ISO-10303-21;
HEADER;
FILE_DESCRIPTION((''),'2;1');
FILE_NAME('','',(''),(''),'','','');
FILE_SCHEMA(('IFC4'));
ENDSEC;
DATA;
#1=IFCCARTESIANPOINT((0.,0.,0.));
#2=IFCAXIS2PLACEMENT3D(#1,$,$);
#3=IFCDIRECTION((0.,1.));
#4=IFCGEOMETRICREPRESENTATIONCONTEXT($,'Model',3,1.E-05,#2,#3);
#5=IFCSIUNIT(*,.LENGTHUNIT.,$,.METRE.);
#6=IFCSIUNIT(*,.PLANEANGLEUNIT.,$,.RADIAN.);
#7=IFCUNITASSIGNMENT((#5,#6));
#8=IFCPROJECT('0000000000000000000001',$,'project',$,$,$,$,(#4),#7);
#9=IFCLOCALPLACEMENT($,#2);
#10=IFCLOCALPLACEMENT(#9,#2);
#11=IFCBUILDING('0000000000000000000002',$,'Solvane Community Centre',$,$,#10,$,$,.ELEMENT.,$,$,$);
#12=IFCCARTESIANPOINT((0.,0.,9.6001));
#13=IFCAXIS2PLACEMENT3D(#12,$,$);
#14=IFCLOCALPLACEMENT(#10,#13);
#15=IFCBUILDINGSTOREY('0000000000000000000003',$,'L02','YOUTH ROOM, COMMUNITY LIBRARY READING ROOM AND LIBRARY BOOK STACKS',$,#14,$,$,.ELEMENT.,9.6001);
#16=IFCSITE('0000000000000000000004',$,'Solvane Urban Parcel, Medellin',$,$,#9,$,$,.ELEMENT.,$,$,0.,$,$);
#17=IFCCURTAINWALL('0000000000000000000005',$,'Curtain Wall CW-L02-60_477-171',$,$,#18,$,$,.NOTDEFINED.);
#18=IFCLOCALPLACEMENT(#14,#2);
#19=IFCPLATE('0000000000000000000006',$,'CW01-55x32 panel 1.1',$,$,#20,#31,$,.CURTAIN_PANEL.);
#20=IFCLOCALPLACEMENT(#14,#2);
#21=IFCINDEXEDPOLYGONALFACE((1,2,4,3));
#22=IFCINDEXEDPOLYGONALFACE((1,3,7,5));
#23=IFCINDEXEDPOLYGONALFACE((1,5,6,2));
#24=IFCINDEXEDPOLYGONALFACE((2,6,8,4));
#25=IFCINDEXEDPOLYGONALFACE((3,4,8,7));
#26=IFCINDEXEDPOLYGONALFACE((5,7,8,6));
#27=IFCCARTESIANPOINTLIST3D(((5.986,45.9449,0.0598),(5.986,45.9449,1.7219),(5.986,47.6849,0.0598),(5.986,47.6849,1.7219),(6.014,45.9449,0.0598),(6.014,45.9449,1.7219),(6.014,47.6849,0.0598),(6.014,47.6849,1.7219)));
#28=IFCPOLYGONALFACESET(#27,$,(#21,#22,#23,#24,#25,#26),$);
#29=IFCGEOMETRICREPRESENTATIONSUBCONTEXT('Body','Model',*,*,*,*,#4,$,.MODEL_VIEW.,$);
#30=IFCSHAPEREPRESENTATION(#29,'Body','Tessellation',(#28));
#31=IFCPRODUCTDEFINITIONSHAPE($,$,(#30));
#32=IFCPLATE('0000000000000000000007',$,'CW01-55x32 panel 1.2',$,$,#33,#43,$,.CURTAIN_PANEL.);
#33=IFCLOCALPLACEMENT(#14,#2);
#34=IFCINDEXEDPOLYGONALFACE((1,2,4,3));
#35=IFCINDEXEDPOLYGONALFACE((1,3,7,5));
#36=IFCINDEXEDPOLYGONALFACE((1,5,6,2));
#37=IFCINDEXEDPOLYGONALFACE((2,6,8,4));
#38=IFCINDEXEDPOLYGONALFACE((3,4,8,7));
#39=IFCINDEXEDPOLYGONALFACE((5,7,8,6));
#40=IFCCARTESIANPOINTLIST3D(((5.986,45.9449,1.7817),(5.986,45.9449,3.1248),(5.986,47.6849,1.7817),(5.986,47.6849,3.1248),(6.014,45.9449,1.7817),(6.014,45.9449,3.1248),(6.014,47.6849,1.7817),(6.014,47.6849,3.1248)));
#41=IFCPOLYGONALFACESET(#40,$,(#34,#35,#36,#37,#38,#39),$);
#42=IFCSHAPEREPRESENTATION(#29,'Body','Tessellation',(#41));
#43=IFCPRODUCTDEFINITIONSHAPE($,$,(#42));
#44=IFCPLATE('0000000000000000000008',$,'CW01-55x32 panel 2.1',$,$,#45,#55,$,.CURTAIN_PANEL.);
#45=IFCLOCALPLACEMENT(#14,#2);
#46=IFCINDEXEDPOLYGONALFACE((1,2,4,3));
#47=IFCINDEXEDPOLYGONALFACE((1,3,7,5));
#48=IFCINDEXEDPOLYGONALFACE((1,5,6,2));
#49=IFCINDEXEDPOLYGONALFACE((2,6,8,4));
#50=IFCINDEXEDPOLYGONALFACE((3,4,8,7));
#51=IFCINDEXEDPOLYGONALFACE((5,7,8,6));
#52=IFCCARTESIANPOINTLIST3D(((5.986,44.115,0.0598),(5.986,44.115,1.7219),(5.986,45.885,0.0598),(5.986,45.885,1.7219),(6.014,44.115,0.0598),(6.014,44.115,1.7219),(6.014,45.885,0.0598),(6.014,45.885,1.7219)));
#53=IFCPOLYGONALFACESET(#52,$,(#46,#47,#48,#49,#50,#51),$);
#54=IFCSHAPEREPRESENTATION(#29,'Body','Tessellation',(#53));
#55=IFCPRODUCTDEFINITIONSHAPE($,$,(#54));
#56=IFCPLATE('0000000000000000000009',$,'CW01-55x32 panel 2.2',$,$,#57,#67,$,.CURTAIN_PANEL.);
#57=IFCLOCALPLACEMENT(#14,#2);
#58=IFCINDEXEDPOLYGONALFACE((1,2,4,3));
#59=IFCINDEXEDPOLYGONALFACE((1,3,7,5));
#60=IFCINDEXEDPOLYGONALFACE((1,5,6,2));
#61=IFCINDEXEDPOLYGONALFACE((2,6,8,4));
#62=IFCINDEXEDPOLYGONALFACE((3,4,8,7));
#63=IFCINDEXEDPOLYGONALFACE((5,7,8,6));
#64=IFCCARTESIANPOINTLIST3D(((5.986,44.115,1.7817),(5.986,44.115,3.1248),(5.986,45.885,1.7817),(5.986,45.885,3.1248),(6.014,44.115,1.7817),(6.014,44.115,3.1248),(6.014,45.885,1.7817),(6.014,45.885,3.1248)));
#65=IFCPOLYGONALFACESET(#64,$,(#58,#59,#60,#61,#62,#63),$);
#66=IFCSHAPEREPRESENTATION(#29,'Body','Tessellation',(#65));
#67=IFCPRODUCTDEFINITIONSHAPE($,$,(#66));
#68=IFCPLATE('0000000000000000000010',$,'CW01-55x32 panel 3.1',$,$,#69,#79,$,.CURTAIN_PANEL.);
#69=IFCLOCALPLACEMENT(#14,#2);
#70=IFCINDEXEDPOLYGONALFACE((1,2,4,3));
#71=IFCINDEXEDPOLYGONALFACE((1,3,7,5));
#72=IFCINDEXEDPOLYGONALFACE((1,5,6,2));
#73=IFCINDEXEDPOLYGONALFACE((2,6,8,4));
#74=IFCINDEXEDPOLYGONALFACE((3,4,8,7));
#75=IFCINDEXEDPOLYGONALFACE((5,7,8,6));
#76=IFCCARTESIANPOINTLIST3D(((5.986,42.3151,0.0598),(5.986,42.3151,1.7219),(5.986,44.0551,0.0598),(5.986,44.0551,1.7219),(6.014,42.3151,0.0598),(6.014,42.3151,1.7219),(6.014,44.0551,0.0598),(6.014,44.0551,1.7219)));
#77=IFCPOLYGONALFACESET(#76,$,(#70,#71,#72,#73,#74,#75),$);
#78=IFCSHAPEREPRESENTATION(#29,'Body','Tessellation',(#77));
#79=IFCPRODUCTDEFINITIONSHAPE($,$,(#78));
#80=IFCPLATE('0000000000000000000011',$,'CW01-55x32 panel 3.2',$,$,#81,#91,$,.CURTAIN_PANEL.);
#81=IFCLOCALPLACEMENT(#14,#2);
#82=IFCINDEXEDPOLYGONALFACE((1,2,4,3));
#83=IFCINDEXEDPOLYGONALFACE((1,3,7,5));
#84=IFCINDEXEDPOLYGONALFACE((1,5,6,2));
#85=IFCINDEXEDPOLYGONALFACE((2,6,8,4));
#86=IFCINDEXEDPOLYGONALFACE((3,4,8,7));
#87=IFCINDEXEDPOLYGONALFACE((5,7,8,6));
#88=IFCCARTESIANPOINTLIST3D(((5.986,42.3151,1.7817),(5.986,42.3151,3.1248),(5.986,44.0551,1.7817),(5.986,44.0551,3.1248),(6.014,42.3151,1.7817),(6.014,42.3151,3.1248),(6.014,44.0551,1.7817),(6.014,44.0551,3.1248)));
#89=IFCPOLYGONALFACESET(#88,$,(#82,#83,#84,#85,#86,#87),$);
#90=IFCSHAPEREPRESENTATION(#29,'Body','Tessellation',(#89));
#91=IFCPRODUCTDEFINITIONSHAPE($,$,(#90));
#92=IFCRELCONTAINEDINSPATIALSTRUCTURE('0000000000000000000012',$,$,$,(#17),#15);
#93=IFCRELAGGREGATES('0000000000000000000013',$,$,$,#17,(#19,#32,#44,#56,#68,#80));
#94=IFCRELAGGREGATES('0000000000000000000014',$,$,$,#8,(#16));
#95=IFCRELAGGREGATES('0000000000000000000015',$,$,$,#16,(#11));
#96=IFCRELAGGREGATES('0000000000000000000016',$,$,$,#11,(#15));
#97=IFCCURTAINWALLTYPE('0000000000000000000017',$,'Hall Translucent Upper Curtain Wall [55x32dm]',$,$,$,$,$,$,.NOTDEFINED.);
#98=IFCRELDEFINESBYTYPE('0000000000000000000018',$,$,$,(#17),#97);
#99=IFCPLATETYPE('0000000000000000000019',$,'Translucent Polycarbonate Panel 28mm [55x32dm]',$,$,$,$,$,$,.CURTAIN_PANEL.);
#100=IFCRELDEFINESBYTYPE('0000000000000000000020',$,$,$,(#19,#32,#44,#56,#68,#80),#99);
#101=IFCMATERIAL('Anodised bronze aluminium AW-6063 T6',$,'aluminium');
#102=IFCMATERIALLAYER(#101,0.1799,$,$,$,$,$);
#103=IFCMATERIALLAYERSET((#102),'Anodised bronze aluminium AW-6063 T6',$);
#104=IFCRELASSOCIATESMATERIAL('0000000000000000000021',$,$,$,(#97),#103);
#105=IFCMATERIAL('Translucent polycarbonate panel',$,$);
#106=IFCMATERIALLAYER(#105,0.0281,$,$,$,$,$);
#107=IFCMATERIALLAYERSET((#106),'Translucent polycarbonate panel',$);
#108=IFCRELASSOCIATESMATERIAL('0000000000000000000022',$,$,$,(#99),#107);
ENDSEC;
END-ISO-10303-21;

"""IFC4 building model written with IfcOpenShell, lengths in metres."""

from ifc_helpers import new_model, si_unit, direction, frame, origin, origin_2d, place, context, subcontext, project, spatial, rectangle, extrude, material, layer, layer_set, type_object, element, aggregate, save


model = new_model("IFC4")

# Units and contexts
model_context = context("Model", 3, precision=1e-05, world=origin(), true_north=direction((0.0, 1.0)))
body_context = subcontext(model_context, "Body", "Model", "MODEL_VIEW")
ifc_project = project(units=[si_unit("LENGTHUNIT", "METRE"), si_unit("PLANEANGLEUNIT", "RADIAN")], contexts=[model_context])

# Site, building, storey
site_placement = place(None, origin())
site = spatial("IfcSite", under=ifc_project, at=site_placement, Name="Solvane Urban Parcel, Medellin", CompositionType="ELEMENT", RefElevation=0.0)
building_placement = place(site_placement, origin())
building = spatial("IfcBuilding", under=site, at=building_placement, Name="Solvane Community Centre", CompositionType="ELEMENT")
storey_placement = place(building_placement, frame((0.0, 0.0, 9.6001)))
storey = spatial("IfcBuildingStorey", under=building, at=storey_placement, Name="L02", Description="YOUTH ROOM, COMMUNITY LIBRARY READING ROOM AND LIBRARY BOOK STACKS", CompositionType="ELEMENT", Elevation=9.6001)

# Curtain wall
ifc_material_1 = material(Name="Anodised bronze aluminium AW-6063 T6", Category="aluminium")
ifc_layer_1 = layer(ifc_material_1, 0.1799)
ifc_layer_set_1 = layer_set([ifc_layer_1], Name="Anodised bronze aluminium AW-6063 T6")
curtain_wall_type = type_object("IfcCurtainWallType", Name="Hall Translucent Upper Curtain Wall [55x32dm]", PredefinedType="NOTDEFINED", material=ifc_layer_set_1)
curtain_wall_placement = place(storey_placement, origin())
curtain_wall = element("IfcCurtainWall", 1, at=curtain_wall_placement, inside=storey, type_object=curtain_wall_type, Name="Curtain Wall CW-L02-60_477-171", PredefinedType="NOTDEFINED")

# Plates
ifc_material_2 = material(Name="Translucent polycarbonate panel")
ifc_layer_2 = layer(ifc_material_2, 0.0281)
ifc_layer_set_2 = layer_set([ifc_layer_2], Name="Translucent polycarbonate panel")
plate_type = type_object("IfcPlateType", Name="Translucent Polycarbonate Panel 28mm [55x32dm]", PredefinedType="CURTAIN_PANEL", material=ifc_layer_set_2)
plate_1_placement = place(storey_placement, frame((6.0, 46.8149, 0.0598), z_axis=(0.0, 0.0, 1.0), x_axis=(0.0, -1.0, 0.0)))
plate_1 = element("IfcPlate", 2, at=plate_1_placement, type_object=plate_type, Name="CW01-55x32 panel 1.1", PredefinedType="CURTAIN_PANEL", context=body_context, shape_type="SweptSolid", body=[
    extrude(rectangle(XDim=1.74, YDim=0.0281, at=origin_2d()), origin(), (0.0, 0.0, 1.0), 1.6621),
])
plate_2_placement = place(storey_placement, frame((6.0, 46.8149, 1.7817), z_axis=(0.0, 0.0, 1.0), x_axis=(0.0, -1.0, 0.0)))
plate_2 = element("IfcPlate", 3, at=plate_2_placement, type_object=plate_type, Name="CW01-55x32 panel 1.2", PredefinedType="CURTAIN_PANEL", context=body_context, shape_type="SweptSolid", body=[
    extrude(rectangle(XDim=1.74, YDim=0.0281, at=origin_2d()), origin(), (0.0, 0.0, 1.0), 1.343),
])
plate_3_placement = place(storey_placement, frame((6.0, 45.0, 0.0598), z_axis=(0.0, 0.0, 1.0), x_axis=(0.0, -1.0, 0.0)))
plate_3 = element("IfcPlate", 4, at=plate_3_placement, type_object=plate_type, Name="CW01-55x32 panel 2.1", PredefinedType="CURTAIN_PANEL", context=body_context, shape_type="SweptSolid", body=[
    extrude(rectangle(XDim=1.77, YDim=0.0281, at=origin_2d()), origin(), (0.0, 0.0, 1.0), 1.6621),
])
plate_4_placement = place(storey_placement, frame((6.0, 45.0, 1.7817), z_axis=(0.0, 0.0, 1.0), x_axis=(0.0, -1.0, 0.0)))
plate_4 = element("IfcPlate", 5, at=plate_4_placement, type_object=plate_type, Name="CW01-55x32 panel 2.2", PredefinedType="CURTAIN_PANEL", context=body_context, shape_type="SweptSolid", body=[
    extrude(rectangle(XDim=1.77, YDim=0.0281, at=origin_2d()), origin(), (0.0, 0.0, 1.0), 1.343),
])
plate_5_placement = place(storey_placement, frame((6.0, 43.1851, 0.0598), z_axis=(0.0, 0.0, 1.0), x_axis=(0.0, -1.0, 0.0)))
plate_5 = element("IfcPlate", 6, at=plate_5_placement, type_object=plate_type, Name="CW01-55x32 panel 3.1", PredefinedType="CURTAIN_PANEL", context=body_context, shape_type="SweptSolid", body=[
    extrude(rectangle(XDim=1.74, YDim=0.0281, at=origin_2d()), origin(), (0.0, 0.0, 1.0), 1.6621),
])
plate_6_placement = place(storey_placement, frame((6.0, 43.1851, 1.7817), z_axis=(0.0, 0.0, 1.0), x_axis=(0.0, -1.0, 0.0)))
plate_6 = element("IfcPlate", 7, at=plate_6_placement, type_object=plate_type, Name="CW01-55x32 panel 3.2", PredefinedType="CURTAIN_PANEL", context=body_context, shape_type="SweptSolid", body=[
    extrude(rectangle(XDim=1.74, YDim=0.0281, at=origin_2d()), origin(), (0.0, 0.0, 1.0), 1.343),
])
aggregate(curtain_wall, [plate_1, plate_2, plate_3, plate_4, plate_5, plate_6])

save(model, "model.ifc")
